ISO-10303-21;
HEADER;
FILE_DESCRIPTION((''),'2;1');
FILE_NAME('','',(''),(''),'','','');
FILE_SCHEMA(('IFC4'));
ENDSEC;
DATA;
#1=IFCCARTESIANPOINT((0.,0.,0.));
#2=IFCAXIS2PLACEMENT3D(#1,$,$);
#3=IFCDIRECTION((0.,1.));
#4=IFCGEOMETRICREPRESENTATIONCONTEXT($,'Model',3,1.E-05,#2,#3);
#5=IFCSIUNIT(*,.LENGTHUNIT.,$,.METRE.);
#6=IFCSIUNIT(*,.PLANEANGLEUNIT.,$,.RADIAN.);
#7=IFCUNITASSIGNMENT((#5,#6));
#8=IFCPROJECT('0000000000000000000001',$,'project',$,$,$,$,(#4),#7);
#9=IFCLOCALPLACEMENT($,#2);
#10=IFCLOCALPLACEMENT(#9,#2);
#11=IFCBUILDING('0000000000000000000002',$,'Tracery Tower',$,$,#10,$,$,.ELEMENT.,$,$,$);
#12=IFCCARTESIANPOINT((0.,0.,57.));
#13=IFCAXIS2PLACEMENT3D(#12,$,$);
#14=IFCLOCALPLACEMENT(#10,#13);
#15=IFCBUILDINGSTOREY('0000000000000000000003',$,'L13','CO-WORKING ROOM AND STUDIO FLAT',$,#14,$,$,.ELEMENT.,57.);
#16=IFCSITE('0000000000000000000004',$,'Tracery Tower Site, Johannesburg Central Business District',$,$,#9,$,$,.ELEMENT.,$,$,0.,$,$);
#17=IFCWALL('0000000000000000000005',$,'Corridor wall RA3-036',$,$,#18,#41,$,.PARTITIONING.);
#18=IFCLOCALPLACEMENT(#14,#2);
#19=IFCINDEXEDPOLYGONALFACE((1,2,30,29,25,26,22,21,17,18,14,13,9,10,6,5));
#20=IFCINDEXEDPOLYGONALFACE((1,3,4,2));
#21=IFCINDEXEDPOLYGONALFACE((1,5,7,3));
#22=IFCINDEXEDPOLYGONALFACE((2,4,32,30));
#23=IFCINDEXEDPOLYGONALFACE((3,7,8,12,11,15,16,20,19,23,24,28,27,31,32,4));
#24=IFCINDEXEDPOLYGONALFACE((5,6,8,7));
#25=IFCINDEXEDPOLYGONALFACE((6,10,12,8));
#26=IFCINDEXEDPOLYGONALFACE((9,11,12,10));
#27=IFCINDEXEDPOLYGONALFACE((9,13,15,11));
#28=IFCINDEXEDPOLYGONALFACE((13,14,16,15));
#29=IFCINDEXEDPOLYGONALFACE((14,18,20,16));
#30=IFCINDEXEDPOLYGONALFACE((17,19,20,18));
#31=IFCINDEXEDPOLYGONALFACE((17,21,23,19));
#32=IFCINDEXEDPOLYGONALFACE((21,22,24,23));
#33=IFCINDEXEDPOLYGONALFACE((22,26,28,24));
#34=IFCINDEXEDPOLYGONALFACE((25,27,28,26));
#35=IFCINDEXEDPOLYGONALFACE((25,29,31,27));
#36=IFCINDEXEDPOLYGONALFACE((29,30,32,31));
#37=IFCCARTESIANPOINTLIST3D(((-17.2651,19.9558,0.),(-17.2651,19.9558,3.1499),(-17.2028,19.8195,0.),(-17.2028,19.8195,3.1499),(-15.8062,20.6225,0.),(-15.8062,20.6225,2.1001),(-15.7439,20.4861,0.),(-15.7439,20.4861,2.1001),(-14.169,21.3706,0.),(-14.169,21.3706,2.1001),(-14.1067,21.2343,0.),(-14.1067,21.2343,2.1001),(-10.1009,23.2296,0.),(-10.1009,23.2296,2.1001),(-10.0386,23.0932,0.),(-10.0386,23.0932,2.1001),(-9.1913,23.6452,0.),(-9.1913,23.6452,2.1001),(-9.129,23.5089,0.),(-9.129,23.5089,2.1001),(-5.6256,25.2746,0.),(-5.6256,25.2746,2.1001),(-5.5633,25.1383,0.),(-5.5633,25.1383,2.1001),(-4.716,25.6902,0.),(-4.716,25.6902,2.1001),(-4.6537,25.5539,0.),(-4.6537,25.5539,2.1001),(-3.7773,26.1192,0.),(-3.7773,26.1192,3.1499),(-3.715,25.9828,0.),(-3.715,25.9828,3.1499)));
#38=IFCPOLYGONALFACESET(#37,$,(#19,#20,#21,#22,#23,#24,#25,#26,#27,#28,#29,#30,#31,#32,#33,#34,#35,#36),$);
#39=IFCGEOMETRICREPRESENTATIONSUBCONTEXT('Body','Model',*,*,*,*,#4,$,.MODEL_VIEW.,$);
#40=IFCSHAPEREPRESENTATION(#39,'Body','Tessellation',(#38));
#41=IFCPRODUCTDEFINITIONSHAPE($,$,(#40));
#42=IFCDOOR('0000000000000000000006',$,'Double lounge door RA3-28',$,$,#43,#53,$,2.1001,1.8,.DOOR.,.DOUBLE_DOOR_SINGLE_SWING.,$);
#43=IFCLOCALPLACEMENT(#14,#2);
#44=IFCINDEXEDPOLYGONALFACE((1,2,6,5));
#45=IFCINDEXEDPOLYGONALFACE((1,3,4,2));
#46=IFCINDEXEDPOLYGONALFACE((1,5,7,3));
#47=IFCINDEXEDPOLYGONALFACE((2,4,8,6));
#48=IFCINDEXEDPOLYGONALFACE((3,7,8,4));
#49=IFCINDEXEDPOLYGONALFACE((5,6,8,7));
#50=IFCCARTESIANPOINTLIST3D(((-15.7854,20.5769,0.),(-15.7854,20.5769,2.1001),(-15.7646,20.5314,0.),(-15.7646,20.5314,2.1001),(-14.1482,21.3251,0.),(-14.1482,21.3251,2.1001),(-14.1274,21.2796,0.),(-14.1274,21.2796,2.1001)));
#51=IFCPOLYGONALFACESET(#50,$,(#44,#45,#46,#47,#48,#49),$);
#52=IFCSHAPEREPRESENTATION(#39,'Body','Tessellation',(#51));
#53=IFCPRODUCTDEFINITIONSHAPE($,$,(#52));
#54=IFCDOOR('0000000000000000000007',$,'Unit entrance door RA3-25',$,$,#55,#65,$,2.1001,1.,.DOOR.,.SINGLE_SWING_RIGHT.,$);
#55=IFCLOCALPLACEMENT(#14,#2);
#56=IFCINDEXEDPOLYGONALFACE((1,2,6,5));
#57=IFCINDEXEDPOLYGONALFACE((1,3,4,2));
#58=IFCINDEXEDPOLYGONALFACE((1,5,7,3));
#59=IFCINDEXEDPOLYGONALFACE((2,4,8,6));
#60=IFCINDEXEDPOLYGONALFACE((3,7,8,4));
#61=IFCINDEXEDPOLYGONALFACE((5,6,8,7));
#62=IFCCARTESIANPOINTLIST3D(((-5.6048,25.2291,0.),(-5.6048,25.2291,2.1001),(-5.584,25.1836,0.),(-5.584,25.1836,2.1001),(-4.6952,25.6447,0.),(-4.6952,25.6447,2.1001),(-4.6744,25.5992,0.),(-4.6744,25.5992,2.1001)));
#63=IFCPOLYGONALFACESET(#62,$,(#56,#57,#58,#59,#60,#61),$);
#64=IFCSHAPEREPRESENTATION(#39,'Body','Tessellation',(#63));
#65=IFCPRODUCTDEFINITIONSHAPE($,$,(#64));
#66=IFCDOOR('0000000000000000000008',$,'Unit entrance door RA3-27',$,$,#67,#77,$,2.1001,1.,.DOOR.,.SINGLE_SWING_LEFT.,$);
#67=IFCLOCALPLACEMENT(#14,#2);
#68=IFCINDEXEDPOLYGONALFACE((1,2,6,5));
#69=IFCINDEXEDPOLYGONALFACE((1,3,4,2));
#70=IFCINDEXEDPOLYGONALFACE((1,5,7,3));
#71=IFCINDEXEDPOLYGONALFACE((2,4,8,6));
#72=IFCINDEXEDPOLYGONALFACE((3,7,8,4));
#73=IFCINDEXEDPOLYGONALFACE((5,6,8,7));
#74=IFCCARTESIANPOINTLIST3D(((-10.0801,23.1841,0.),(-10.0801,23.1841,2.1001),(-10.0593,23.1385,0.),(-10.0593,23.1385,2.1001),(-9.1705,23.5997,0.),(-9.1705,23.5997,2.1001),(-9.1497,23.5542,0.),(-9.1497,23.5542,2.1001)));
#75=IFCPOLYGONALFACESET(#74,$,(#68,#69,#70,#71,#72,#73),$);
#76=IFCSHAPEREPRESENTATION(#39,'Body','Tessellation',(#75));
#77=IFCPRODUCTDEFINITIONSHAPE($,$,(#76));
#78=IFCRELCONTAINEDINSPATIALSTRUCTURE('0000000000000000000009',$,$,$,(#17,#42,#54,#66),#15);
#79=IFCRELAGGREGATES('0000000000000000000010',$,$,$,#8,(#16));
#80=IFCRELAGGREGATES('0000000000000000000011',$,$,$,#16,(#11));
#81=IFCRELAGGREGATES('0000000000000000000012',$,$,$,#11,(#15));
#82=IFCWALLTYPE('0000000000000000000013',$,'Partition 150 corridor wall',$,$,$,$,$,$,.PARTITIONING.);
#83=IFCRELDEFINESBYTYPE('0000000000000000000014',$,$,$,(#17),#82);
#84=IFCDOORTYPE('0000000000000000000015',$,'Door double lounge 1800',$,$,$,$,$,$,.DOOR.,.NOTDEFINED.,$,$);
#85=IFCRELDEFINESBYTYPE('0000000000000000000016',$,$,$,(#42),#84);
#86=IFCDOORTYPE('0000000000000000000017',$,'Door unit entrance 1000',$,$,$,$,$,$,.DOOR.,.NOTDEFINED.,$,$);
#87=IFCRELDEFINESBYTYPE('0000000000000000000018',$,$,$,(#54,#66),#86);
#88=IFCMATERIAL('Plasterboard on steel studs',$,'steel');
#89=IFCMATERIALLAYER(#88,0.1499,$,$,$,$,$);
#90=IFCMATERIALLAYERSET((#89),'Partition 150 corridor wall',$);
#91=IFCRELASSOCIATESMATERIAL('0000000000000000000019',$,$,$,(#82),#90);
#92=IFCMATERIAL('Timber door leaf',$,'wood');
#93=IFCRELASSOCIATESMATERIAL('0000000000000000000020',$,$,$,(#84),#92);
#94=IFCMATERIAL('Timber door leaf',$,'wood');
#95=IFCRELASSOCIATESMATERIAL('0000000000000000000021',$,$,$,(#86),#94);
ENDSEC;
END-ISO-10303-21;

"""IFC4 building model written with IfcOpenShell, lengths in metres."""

from ifc_helpers import new_model, si_unit, direction, frame, frame_2d, origin, place, context, subcontext, project, spatial, rectangle, extrude, material, layer, layer_set, type_object, element, fill, save


model = new_model("IFC4")

# Units and contexts
model_context = context("Model", 3, precision=1e-05, world=origin(), true_north=direction((0.0, 1.0)))
body_context = subcontext(model_context, "Body", "Model", "MODEL_VIEW")
ifc_project = project(units=[si_unit("LENGTHUNIT", "METRE"), si_unit("PLANEANGLEUNIT", "RADIAN")], contexts=[model_context])

# Site, building, storey
site_placement = place(None, origin())
site = spatial("IfcSite", under=ifc_project, at=site_placement, Name="Tracery Tower Site, Johannesburg Central Business District", CompositionType="ELEMENT", RefElevation=0.0)
building_placement = place(site_placement, origin())
building = spatial("IfcBuilding", under=site, at=building_placement, Name="Tracery Tower", CompositionType="ELEMENT")
storey_placement = place(building_placement, frame((0.0, 0.0, 57.0)))
storey = spatial("IfcBuildingStorey", under=building, at=storey_placement, Name="L13", Description="CO-WORKING ROOM AND STUDIO FLAT", CompositionType="ELEMENT", Elevation=57.0)

# Shared definitions
ifc_material_1 = material(Name="Plasterboard on steel studs", Category="steel")
ifc_layer_1 = layer(ifc_material_1, 0.1499)
ifc_layer_set_1 = layer_set([ifc_layer_1], Name="Partition 150 corridor wall")
wall_type_1 = type_object("IfcWallType", Name="Partition 150 corridor wall", PredefinedType="PARTITIONING", material=ifc_layer_set_1)

# Wall, openings, doors
wall_1_placement = place(storey_placement, frame((-17.2339, 19.8877, 0.0), z_axis=(0.0, 0.0, 1.0), x_axis=(0.909539, 0.415619, 0.0)))
wall_1 = element("IfcWall", 1, at=wall_1_placement, inside=storey, type_object=wall_type_1, Name="Corridor wall RA3-036", PredefinedType="PARTITIONING", context=body_context, shape_type="SweptSolid", body=[
    extrude(rectangle(XDim=14.8293, YDim=0.1499, at=frame_2d((7.4146, 0.0))), origin(), (0.0, 0.0, 1.0), 3.1499),
])
opening_1_placement = place(wall_1_placement, frame((12.7971, 0.0, 0.0)))
opening_1 = element("IfcOpeningElement", 2, at=opening_1_placement, cuts=wall_1, PredefinedType="OPENING", context=body_context, shape_type="SweptSolid", body=[
    extrude(rectangle(XDim=1.0, YDim=2.1001, at=frame_2d((0.5, 1.05))), frame((0.0, 0.075, 0.0), z_axis=(0.0, -1.0, 0.0), x_axis=(1.0, 0.0, 0.0)), (0.0, 0.0, 1.0), 0.1499),
])
opening_2_placement = place(wall_1_placement, frame((7.8767, 0.0, 0.0)))
opening_2 = element("IfcOpeningElement", 3, at=opening_2_placement, cuts=wall_1, PredefinedType="OPENING", context=body_context, shape_type="SweptSolid", body=[
    extrude(rectangle(XDim=1.0, YDim=2.1001, at=frame_2d((0.5, 1.05))), frame((0.0, 0.075, 0.0), z_axis=(0.0, -1.0, 0.0), x_axis=(1.0, 0.0, 0.0)), (0.0, 0.0, 1.0), 0.1499),
])
opening_3_placement = place(wall_1_placement, frame((1.604, 0.0, 0.0)))
opening_3 = element("IfcOpeningElement", 4, at=opening_3_placement, cuts=wall_1, PredefinedType="OPENING", context=body_context, shape_type="SweptSolid", body=[
    extrude(rectangle(XDim=1.8, YDim=2.1001, at=frame_2d((0.8999, 1.05))), frame((0.0, 0.075, 0.0), z_axis=(0.0, -1.0, 0.0), x_axis=(1.0, 0.0, 0.0)), (0.0, 0.0, 1.0), 0.1499),
])
ifc_material_2 = material(Name="Timber door leaf", Category="wood")
door_type_1 = type_object("IfcDoorType", Name="Door double lounge 1800", OperationType="NOTDEFINED", PredefinedType="DOOR", material=ifc_material_2)
door_1_placement = place(opening_3_placement, origin())
door_1 = element("IfcDoor", 5, at=door_1_placement, inside=storey, type_object=door_type_1, Name="Double lounge door RA3-28", OperationType="DOUBLE_DOOR_SINGLE_SWING", OverallHeight=2.1001, OverallWidth=1.8, PredefinedType="DOOR", context=body_context, shape_type="SweptSolid", body=[
    extrude(rectangle(XDim=1.8, YDim=2.1001, at=frame_2d((0.8999, 1.05))), frame((0.0, 0.0249, 0.0), z_axis=(0.0, -1.0, 0.0), x_axis=(1.0, 0.0, 0.0)), (0.0, 0.0, 1.0), 0.05),
])
fill(opening_3, door_1)
ifc_material_3 = material(Name="Timber door leaf", Category="wood")
door_type_2 = type_object("IfcDoorType", Name="Door unit entrance 1000", OperationType="NOTDEFINED", PredefinedType="DOOR", material=ifc_material_3)
door_2_placement = place(opening_1_placement, origin())
door_2 = element("IfcDoor", 6, at=door_2_placement, inside=storey, type_object=door_type_2, Name="Unit entrance door RA3-25", OperationType="SINGLE_SWING_RIGHT", OverallHeight=2.1001, OverallWidth=1.0, PredefinedType="DOOR", context=body_context, shape_type="SweptSolid", body=[
    extrude(rectangle(XDim=1.0, YDim=2.1001, at=frame_2d((0.5, 1.05))), frame((0.0, 0.0249, 0.0), z_axis=(0.0, -1.0, 0.0), x_axis=(1.0, 0.0, 0.0)), (0.0, 0.0, 1.0), 0.05),
])
fill(opening_1, door_2)
door_3_placement = place(opening_2_placement, origin())
door_3 = element("IfcDoor", 7, at=door_3_placement, inside=storey, type_object=door_type_2, Name="Unit entrance door RA3-27", OperationType="SINGLE_SWING_LEFT", OverallHeight=2.1001, OverallWidth=1.0, PredefinedType="DOOR", context=body_context, shape_type="SweptSolid", body=[
    extrude(rectangle(XDim=1.0, YDim=2.1001, at=frame_2d((0.5, 1.05))), frame((0.0, 0.0249, 0.0), z_axis=(0.0, -1.0, 0.0), x_axis=(1.0, 0.0, 0.0)), (0.0, 0.0, 1.0), 0.05),
])
fill(opening_2, door_3)

save(model, "model.ifc")
